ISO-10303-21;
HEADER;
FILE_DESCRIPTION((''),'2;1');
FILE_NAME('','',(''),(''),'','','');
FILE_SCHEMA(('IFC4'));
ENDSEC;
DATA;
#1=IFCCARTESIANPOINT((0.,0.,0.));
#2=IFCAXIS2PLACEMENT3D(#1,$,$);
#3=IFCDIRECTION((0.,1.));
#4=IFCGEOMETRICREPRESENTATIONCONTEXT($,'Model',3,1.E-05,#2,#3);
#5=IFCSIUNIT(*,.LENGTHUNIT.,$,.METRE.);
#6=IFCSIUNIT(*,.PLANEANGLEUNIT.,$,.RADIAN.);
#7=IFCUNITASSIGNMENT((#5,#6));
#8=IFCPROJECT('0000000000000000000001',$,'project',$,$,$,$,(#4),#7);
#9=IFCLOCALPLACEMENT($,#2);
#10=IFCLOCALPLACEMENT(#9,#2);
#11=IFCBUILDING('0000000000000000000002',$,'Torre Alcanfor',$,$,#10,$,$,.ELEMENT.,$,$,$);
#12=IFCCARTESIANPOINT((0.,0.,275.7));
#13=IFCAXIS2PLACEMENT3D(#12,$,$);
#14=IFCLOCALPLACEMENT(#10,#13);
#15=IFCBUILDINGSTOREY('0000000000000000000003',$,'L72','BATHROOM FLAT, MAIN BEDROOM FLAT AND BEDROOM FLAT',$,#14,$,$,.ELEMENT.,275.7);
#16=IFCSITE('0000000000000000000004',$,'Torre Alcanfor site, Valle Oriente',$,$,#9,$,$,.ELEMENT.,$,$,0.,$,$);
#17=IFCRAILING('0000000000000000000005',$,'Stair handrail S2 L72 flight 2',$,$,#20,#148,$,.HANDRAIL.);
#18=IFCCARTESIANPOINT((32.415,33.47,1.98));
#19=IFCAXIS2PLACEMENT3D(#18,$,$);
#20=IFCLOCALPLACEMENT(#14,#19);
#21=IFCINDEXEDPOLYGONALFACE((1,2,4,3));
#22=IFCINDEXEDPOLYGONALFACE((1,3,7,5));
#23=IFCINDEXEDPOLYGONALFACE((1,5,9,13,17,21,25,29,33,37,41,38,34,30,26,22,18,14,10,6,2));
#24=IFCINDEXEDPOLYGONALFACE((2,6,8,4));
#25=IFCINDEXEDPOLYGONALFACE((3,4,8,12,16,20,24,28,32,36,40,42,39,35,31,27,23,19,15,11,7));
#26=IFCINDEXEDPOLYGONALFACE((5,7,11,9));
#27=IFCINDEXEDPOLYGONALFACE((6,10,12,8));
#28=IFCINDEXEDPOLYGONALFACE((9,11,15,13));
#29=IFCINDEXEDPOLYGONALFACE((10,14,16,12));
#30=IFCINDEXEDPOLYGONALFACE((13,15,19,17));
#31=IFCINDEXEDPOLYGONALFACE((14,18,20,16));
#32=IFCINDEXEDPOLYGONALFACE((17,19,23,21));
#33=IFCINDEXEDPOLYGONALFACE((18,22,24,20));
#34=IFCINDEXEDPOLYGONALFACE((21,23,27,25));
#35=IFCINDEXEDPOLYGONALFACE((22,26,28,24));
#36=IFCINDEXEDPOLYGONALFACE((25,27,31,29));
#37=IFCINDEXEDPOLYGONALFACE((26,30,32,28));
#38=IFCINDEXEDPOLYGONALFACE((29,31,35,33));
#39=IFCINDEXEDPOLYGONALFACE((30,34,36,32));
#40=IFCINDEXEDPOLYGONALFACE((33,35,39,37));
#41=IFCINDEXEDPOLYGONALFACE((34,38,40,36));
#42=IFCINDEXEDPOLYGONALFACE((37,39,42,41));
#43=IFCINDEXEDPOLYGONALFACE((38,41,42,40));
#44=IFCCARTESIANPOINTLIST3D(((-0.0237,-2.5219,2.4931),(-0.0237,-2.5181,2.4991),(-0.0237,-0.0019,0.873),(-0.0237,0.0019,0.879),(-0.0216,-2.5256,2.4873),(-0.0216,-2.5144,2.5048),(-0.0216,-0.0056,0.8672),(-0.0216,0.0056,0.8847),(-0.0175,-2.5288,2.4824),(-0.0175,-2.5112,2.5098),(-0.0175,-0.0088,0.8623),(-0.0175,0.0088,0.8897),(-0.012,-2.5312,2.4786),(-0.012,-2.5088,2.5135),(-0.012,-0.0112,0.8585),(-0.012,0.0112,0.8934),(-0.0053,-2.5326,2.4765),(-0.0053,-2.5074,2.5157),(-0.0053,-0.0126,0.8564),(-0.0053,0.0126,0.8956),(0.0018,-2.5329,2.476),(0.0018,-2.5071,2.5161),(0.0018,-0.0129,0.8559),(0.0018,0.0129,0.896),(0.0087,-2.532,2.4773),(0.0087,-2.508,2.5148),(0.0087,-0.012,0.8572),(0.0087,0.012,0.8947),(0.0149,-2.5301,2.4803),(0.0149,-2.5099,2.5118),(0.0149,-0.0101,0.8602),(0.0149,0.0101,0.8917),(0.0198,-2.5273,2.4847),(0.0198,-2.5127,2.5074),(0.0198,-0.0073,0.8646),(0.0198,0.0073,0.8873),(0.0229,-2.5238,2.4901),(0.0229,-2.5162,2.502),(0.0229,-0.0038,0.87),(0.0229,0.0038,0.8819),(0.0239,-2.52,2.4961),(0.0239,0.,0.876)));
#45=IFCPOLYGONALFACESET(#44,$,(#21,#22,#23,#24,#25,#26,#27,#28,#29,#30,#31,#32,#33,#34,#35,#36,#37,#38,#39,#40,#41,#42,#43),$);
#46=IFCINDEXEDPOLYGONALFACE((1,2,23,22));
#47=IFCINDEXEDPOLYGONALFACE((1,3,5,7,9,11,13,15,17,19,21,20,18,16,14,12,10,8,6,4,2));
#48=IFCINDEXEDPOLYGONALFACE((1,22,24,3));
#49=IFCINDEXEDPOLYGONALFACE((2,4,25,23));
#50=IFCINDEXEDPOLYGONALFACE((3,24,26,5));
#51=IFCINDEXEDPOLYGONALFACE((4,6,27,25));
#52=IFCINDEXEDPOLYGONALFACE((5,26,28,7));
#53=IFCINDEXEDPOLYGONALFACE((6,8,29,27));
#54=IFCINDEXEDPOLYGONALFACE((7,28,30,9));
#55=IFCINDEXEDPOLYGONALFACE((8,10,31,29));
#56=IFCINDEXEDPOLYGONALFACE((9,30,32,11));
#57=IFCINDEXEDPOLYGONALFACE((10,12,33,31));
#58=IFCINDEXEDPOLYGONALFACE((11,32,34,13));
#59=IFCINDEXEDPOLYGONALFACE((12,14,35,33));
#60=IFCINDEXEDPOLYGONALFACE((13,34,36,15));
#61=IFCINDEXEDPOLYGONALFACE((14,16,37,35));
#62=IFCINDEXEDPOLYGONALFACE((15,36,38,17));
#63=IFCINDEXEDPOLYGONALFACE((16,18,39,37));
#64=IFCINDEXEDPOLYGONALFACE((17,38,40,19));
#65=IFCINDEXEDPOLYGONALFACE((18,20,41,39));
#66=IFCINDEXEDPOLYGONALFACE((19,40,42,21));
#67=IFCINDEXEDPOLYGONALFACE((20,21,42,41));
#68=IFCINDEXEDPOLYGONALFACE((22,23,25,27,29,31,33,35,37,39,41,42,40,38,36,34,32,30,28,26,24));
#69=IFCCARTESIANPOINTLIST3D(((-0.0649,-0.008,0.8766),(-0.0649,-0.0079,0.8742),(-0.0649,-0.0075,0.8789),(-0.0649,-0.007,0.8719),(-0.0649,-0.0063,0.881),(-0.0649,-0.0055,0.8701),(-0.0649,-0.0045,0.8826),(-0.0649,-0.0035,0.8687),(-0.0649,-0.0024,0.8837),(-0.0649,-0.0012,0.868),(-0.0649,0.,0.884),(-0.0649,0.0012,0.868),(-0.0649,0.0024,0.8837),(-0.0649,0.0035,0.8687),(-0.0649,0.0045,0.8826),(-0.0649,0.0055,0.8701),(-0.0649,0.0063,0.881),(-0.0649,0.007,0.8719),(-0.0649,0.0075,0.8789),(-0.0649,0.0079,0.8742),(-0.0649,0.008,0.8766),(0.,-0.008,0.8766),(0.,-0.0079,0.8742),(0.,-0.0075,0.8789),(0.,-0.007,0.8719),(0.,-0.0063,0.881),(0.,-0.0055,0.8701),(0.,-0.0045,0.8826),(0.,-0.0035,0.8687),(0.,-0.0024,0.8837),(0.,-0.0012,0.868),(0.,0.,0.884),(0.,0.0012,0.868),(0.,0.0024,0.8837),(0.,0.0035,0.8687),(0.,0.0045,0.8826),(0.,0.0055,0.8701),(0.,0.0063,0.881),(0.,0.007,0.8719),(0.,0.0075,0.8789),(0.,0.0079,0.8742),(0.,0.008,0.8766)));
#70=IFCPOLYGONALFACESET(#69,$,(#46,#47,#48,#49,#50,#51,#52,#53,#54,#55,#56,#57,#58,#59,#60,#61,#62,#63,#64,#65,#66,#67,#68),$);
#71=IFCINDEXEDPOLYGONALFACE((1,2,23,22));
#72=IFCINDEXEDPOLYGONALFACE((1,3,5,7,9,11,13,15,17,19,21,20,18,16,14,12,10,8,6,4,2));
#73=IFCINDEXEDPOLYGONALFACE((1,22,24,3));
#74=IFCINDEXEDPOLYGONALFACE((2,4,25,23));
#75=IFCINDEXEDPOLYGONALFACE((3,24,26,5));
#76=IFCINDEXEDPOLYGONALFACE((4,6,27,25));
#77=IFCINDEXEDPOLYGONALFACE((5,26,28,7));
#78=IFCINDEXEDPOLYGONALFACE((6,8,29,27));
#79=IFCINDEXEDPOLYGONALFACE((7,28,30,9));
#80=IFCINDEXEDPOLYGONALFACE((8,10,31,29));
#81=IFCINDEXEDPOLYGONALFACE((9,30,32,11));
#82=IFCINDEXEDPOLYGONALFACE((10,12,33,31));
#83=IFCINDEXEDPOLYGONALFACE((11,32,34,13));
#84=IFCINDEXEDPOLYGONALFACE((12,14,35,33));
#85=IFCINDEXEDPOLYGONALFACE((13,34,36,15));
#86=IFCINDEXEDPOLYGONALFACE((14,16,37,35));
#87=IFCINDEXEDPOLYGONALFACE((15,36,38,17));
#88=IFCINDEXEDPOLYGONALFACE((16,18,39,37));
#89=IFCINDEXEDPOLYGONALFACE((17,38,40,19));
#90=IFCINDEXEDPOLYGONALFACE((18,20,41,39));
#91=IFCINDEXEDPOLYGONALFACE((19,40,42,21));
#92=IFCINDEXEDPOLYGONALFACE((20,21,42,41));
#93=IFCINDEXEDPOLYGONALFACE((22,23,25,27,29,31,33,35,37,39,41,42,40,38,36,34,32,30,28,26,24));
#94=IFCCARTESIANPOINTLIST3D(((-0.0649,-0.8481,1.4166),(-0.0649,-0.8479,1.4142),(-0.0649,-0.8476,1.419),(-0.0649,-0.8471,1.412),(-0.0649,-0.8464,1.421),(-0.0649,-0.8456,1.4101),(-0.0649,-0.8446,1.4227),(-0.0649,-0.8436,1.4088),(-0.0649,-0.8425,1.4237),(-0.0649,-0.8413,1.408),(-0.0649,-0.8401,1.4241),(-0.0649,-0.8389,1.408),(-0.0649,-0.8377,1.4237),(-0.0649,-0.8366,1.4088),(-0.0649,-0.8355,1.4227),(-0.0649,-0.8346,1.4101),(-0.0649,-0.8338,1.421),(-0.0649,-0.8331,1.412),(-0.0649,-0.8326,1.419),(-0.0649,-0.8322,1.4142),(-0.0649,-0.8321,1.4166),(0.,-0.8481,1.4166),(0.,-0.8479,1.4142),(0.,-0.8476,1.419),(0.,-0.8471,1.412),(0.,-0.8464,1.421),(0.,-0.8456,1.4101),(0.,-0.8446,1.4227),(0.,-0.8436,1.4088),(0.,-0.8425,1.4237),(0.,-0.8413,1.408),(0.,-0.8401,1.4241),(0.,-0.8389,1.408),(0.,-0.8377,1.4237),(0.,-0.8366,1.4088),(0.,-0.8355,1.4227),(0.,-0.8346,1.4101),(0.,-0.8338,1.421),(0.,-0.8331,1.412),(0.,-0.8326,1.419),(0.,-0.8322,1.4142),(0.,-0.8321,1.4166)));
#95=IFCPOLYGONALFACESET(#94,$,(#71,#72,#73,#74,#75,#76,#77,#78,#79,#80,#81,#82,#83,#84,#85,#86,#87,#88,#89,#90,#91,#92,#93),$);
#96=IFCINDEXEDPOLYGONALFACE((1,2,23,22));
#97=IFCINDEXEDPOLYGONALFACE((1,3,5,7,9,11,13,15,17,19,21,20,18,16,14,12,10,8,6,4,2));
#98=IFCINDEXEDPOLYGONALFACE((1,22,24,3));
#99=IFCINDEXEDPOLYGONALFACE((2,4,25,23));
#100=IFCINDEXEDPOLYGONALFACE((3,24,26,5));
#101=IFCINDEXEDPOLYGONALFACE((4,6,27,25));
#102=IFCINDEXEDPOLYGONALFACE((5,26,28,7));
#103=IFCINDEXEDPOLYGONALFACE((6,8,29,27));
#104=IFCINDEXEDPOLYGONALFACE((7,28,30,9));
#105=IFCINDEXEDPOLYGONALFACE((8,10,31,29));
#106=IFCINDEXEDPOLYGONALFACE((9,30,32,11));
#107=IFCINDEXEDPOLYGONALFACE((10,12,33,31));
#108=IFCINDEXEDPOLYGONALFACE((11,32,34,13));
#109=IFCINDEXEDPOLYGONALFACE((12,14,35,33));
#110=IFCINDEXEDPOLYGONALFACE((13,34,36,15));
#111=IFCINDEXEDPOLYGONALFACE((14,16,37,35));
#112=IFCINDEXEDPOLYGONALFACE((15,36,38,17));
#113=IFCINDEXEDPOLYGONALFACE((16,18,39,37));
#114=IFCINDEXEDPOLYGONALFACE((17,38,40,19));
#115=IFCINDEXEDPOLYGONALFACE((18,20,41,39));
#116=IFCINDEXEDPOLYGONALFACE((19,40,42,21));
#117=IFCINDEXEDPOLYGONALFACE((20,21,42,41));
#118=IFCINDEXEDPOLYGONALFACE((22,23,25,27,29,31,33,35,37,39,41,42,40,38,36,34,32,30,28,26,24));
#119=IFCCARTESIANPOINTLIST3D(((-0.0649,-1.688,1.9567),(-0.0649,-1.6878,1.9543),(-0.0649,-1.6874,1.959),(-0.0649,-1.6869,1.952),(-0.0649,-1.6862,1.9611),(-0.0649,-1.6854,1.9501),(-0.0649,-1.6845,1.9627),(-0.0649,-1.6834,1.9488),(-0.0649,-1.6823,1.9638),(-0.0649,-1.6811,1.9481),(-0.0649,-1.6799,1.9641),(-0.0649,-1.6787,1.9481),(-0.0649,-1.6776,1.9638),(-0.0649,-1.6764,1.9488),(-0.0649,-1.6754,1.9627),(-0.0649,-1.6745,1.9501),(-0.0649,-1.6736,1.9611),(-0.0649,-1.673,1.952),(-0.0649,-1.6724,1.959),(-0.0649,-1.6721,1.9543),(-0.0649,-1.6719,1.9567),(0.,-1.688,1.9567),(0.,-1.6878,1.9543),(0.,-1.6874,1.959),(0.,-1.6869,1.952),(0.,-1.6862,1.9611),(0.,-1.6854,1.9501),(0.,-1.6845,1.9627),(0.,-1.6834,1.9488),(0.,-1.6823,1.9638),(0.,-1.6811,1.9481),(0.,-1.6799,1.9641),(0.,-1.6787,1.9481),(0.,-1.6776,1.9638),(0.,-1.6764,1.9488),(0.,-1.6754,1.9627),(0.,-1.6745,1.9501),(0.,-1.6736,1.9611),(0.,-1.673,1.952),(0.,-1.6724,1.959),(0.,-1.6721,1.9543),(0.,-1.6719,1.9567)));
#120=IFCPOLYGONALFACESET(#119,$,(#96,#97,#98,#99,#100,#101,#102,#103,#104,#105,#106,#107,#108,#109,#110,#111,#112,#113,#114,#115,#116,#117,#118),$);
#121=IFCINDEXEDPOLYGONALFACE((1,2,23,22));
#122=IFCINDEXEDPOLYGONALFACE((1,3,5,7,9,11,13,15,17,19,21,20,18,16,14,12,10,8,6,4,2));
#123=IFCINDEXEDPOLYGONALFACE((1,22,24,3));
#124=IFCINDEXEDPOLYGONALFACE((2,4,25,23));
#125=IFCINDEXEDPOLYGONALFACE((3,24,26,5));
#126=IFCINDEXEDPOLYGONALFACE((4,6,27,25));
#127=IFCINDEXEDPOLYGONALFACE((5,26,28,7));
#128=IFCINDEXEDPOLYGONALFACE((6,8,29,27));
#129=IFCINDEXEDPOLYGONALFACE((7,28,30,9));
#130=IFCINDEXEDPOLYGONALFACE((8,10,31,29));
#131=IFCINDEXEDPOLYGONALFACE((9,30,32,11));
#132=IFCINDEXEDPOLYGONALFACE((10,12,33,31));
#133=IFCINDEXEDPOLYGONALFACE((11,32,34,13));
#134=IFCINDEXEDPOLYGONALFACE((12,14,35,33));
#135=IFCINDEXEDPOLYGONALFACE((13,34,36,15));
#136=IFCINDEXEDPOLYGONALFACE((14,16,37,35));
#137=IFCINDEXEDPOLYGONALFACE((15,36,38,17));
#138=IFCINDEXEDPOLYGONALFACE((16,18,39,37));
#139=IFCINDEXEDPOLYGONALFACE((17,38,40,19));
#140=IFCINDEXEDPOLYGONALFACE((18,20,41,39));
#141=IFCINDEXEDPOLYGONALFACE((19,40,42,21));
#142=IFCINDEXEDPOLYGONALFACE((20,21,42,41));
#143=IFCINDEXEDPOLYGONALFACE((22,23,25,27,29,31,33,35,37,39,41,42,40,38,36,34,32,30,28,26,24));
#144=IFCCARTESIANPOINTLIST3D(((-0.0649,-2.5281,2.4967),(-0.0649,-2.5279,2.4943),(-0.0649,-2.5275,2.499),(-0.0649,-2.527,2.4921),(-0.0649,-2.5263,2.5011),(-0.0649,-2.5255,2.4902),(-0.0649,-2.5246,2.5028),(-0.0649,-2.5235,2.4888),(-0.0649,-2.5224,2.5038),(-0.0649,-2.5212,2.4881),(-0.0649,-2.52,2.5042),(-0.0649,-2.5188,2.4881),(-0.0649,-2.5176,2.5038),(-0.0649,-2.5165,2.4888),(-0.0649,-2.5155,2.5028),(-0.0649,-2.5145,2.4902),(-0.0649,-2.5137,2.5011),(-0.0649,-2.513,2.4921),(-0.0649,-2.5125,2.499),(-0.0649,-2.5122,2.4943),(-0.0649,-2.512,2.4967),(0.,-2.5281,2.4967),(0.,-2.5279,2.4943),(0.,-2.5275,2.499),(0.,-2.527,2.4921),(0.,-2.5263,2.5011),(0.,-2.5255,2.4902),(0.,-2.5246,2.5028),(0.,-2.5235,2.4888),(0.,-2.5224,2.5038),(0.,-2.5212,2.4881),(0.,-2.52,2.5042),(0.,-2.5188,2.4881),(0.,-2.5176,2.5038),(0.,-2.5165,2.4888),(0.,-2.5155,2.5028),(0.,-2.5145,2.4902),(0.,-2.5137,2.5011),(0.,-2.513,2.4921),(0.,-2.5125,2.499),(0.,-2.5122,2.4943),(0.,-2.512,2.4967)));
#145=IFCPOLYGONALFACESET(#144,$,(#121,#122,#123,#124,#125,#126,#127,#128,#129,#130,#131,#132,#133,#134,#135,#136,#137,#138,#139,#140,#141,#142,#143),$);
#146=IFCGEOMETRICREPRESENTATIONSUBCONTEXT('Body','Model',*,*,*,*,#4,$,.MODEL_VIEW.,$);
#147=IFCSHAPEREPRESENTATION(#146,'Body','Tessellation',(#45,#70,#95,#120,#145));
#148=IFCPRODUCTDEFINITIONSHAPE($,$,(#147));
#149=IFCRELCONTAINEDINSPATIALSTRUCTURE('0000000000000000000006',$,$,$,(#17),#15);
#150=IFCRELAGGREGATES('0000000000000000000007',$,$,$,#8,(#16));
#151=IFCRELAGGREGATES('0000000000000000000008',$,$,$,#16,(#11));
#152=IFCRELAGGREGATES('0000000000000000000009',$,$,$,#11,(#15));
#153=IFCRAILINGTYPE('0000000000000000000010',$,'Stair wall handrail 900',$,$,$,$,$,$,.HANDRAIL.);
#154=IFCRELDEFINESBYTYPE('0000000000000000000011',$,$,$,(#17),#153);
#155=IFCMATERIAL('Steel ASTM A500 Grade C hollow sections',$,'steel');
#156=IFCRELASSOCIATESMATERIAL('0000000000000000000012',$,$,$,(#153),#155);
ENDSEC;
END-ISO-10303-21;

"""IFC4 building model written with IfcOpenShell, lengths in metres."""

from ifc_helpers import new_model, si_unit, direction, frame, origin, origin_2d, place, context, subcontext, project, spatial, circle, extrude, material, type_object, element, save


model = new_model("IFC4")

# Units and contexts
model_context = context("Model", 3, precision=1e-05, world=origin(), true_north=direction((0.0, 1.0)))
body_context = subcontext(model_context, "Body", "Model", "MODEL_VIEW")
ifc_project = project(units=[si_unit("LENGTHUNIT", "METRE"), si_unit("PLANEANGLEUNIT", "RADIAN")], contexts=[model_context])

# Site, building, storey
site_placement = place(None, origin())
site = spatial("IfcSite", under=ifc_project, at=site_placement, Name="Torre Alcanfor site, Valle Oriente", CompositionType="ELEMENT", RefElevation=0.0)
building_placement = place(site_placement, origin())
building = spatial("IfcBuilding", under=site, at=building_placement, Name="Torre Alcanfor", CompositionType="ELEMENT")
storey_placement = place(building_placement, frame((0.0, 0.0, 275.7)))
storey = spatial("IfcBuildingStorey", under=building, at=storey_placement, Name="L72", Description="BATHROOM FLAT, MAIN BEDROOM FLAT AND BEDROOM FLAT", CompositionType="ELEMENT", Elevation=275.7)

# Railing
ifc_material_1 = material(Name="Steel ASTM A500 Grade C hollow sections", Category="steel")
railing_type_1 = type_object("IfcRailingType", Name="Stair wall handrail 900", PredefinedType="HANDRAIL", material=ifc_material_1)
railing_1_placement = place(storey_placement, frame((32.415, 33.47, 1.98)))
element("IfcRailing", 1, at=railing_1_placement, inside=storey, type_object=railing_type_1, Name="Stair handrail S2 L72 flight 2", PredefinedType="HANDRAIL", context=body_context, shape_type="SweptSolid", body=[
    extrude(circle(Radius=0.0239, at=origin_2d()), frame((0.0, 0.0, 0.876), z_axis=(0.0, -0.841163, 0.540782), x_axis=(1.0, 0.0, 0.0)), (0.0, 0.0, 1.0), 2.9958),
    extrude(circle(Radius=0.0081, at=origin_2d()), frame((0.0, 0.0, 0.876), z_axis=(-1.0, 0.0, 0.0), x_axis=(0.0, 0.0, 1.0)), (0.0, 0.0, 1.0), 0.0649),
    extrude(circle(Radius=0.0081, at=origin_2d()), frame((0.0, -0.8401, 1.416), z_axis=(-1.0, 0.0, 0.0), x_axis=(0.0, 0.0, 1.0)), (0.0, 0.0, 1.0), 0.0649),
    extrude(circle(Radius=0.0081, at=origin_2d()), frame((0.0, -1.6799, 1.9561), z_axis=(-1.0, 0.0, 0.0), x_axis=(0.0, 0.0, 1.0)), (0.0, 0.0, 1.0), 0.0649),
    extrude(circle(Radius=0.0081, at=origin_2d()), frame((0.0, -2.52, 2.4961), z_axis=(-1.0, 0.0, 0.0), x_axis=(0.0, 0.0, 1.0)), (0.0, 0.0, 1.0), 0.0649),
])

save(model, "model.ifc")
